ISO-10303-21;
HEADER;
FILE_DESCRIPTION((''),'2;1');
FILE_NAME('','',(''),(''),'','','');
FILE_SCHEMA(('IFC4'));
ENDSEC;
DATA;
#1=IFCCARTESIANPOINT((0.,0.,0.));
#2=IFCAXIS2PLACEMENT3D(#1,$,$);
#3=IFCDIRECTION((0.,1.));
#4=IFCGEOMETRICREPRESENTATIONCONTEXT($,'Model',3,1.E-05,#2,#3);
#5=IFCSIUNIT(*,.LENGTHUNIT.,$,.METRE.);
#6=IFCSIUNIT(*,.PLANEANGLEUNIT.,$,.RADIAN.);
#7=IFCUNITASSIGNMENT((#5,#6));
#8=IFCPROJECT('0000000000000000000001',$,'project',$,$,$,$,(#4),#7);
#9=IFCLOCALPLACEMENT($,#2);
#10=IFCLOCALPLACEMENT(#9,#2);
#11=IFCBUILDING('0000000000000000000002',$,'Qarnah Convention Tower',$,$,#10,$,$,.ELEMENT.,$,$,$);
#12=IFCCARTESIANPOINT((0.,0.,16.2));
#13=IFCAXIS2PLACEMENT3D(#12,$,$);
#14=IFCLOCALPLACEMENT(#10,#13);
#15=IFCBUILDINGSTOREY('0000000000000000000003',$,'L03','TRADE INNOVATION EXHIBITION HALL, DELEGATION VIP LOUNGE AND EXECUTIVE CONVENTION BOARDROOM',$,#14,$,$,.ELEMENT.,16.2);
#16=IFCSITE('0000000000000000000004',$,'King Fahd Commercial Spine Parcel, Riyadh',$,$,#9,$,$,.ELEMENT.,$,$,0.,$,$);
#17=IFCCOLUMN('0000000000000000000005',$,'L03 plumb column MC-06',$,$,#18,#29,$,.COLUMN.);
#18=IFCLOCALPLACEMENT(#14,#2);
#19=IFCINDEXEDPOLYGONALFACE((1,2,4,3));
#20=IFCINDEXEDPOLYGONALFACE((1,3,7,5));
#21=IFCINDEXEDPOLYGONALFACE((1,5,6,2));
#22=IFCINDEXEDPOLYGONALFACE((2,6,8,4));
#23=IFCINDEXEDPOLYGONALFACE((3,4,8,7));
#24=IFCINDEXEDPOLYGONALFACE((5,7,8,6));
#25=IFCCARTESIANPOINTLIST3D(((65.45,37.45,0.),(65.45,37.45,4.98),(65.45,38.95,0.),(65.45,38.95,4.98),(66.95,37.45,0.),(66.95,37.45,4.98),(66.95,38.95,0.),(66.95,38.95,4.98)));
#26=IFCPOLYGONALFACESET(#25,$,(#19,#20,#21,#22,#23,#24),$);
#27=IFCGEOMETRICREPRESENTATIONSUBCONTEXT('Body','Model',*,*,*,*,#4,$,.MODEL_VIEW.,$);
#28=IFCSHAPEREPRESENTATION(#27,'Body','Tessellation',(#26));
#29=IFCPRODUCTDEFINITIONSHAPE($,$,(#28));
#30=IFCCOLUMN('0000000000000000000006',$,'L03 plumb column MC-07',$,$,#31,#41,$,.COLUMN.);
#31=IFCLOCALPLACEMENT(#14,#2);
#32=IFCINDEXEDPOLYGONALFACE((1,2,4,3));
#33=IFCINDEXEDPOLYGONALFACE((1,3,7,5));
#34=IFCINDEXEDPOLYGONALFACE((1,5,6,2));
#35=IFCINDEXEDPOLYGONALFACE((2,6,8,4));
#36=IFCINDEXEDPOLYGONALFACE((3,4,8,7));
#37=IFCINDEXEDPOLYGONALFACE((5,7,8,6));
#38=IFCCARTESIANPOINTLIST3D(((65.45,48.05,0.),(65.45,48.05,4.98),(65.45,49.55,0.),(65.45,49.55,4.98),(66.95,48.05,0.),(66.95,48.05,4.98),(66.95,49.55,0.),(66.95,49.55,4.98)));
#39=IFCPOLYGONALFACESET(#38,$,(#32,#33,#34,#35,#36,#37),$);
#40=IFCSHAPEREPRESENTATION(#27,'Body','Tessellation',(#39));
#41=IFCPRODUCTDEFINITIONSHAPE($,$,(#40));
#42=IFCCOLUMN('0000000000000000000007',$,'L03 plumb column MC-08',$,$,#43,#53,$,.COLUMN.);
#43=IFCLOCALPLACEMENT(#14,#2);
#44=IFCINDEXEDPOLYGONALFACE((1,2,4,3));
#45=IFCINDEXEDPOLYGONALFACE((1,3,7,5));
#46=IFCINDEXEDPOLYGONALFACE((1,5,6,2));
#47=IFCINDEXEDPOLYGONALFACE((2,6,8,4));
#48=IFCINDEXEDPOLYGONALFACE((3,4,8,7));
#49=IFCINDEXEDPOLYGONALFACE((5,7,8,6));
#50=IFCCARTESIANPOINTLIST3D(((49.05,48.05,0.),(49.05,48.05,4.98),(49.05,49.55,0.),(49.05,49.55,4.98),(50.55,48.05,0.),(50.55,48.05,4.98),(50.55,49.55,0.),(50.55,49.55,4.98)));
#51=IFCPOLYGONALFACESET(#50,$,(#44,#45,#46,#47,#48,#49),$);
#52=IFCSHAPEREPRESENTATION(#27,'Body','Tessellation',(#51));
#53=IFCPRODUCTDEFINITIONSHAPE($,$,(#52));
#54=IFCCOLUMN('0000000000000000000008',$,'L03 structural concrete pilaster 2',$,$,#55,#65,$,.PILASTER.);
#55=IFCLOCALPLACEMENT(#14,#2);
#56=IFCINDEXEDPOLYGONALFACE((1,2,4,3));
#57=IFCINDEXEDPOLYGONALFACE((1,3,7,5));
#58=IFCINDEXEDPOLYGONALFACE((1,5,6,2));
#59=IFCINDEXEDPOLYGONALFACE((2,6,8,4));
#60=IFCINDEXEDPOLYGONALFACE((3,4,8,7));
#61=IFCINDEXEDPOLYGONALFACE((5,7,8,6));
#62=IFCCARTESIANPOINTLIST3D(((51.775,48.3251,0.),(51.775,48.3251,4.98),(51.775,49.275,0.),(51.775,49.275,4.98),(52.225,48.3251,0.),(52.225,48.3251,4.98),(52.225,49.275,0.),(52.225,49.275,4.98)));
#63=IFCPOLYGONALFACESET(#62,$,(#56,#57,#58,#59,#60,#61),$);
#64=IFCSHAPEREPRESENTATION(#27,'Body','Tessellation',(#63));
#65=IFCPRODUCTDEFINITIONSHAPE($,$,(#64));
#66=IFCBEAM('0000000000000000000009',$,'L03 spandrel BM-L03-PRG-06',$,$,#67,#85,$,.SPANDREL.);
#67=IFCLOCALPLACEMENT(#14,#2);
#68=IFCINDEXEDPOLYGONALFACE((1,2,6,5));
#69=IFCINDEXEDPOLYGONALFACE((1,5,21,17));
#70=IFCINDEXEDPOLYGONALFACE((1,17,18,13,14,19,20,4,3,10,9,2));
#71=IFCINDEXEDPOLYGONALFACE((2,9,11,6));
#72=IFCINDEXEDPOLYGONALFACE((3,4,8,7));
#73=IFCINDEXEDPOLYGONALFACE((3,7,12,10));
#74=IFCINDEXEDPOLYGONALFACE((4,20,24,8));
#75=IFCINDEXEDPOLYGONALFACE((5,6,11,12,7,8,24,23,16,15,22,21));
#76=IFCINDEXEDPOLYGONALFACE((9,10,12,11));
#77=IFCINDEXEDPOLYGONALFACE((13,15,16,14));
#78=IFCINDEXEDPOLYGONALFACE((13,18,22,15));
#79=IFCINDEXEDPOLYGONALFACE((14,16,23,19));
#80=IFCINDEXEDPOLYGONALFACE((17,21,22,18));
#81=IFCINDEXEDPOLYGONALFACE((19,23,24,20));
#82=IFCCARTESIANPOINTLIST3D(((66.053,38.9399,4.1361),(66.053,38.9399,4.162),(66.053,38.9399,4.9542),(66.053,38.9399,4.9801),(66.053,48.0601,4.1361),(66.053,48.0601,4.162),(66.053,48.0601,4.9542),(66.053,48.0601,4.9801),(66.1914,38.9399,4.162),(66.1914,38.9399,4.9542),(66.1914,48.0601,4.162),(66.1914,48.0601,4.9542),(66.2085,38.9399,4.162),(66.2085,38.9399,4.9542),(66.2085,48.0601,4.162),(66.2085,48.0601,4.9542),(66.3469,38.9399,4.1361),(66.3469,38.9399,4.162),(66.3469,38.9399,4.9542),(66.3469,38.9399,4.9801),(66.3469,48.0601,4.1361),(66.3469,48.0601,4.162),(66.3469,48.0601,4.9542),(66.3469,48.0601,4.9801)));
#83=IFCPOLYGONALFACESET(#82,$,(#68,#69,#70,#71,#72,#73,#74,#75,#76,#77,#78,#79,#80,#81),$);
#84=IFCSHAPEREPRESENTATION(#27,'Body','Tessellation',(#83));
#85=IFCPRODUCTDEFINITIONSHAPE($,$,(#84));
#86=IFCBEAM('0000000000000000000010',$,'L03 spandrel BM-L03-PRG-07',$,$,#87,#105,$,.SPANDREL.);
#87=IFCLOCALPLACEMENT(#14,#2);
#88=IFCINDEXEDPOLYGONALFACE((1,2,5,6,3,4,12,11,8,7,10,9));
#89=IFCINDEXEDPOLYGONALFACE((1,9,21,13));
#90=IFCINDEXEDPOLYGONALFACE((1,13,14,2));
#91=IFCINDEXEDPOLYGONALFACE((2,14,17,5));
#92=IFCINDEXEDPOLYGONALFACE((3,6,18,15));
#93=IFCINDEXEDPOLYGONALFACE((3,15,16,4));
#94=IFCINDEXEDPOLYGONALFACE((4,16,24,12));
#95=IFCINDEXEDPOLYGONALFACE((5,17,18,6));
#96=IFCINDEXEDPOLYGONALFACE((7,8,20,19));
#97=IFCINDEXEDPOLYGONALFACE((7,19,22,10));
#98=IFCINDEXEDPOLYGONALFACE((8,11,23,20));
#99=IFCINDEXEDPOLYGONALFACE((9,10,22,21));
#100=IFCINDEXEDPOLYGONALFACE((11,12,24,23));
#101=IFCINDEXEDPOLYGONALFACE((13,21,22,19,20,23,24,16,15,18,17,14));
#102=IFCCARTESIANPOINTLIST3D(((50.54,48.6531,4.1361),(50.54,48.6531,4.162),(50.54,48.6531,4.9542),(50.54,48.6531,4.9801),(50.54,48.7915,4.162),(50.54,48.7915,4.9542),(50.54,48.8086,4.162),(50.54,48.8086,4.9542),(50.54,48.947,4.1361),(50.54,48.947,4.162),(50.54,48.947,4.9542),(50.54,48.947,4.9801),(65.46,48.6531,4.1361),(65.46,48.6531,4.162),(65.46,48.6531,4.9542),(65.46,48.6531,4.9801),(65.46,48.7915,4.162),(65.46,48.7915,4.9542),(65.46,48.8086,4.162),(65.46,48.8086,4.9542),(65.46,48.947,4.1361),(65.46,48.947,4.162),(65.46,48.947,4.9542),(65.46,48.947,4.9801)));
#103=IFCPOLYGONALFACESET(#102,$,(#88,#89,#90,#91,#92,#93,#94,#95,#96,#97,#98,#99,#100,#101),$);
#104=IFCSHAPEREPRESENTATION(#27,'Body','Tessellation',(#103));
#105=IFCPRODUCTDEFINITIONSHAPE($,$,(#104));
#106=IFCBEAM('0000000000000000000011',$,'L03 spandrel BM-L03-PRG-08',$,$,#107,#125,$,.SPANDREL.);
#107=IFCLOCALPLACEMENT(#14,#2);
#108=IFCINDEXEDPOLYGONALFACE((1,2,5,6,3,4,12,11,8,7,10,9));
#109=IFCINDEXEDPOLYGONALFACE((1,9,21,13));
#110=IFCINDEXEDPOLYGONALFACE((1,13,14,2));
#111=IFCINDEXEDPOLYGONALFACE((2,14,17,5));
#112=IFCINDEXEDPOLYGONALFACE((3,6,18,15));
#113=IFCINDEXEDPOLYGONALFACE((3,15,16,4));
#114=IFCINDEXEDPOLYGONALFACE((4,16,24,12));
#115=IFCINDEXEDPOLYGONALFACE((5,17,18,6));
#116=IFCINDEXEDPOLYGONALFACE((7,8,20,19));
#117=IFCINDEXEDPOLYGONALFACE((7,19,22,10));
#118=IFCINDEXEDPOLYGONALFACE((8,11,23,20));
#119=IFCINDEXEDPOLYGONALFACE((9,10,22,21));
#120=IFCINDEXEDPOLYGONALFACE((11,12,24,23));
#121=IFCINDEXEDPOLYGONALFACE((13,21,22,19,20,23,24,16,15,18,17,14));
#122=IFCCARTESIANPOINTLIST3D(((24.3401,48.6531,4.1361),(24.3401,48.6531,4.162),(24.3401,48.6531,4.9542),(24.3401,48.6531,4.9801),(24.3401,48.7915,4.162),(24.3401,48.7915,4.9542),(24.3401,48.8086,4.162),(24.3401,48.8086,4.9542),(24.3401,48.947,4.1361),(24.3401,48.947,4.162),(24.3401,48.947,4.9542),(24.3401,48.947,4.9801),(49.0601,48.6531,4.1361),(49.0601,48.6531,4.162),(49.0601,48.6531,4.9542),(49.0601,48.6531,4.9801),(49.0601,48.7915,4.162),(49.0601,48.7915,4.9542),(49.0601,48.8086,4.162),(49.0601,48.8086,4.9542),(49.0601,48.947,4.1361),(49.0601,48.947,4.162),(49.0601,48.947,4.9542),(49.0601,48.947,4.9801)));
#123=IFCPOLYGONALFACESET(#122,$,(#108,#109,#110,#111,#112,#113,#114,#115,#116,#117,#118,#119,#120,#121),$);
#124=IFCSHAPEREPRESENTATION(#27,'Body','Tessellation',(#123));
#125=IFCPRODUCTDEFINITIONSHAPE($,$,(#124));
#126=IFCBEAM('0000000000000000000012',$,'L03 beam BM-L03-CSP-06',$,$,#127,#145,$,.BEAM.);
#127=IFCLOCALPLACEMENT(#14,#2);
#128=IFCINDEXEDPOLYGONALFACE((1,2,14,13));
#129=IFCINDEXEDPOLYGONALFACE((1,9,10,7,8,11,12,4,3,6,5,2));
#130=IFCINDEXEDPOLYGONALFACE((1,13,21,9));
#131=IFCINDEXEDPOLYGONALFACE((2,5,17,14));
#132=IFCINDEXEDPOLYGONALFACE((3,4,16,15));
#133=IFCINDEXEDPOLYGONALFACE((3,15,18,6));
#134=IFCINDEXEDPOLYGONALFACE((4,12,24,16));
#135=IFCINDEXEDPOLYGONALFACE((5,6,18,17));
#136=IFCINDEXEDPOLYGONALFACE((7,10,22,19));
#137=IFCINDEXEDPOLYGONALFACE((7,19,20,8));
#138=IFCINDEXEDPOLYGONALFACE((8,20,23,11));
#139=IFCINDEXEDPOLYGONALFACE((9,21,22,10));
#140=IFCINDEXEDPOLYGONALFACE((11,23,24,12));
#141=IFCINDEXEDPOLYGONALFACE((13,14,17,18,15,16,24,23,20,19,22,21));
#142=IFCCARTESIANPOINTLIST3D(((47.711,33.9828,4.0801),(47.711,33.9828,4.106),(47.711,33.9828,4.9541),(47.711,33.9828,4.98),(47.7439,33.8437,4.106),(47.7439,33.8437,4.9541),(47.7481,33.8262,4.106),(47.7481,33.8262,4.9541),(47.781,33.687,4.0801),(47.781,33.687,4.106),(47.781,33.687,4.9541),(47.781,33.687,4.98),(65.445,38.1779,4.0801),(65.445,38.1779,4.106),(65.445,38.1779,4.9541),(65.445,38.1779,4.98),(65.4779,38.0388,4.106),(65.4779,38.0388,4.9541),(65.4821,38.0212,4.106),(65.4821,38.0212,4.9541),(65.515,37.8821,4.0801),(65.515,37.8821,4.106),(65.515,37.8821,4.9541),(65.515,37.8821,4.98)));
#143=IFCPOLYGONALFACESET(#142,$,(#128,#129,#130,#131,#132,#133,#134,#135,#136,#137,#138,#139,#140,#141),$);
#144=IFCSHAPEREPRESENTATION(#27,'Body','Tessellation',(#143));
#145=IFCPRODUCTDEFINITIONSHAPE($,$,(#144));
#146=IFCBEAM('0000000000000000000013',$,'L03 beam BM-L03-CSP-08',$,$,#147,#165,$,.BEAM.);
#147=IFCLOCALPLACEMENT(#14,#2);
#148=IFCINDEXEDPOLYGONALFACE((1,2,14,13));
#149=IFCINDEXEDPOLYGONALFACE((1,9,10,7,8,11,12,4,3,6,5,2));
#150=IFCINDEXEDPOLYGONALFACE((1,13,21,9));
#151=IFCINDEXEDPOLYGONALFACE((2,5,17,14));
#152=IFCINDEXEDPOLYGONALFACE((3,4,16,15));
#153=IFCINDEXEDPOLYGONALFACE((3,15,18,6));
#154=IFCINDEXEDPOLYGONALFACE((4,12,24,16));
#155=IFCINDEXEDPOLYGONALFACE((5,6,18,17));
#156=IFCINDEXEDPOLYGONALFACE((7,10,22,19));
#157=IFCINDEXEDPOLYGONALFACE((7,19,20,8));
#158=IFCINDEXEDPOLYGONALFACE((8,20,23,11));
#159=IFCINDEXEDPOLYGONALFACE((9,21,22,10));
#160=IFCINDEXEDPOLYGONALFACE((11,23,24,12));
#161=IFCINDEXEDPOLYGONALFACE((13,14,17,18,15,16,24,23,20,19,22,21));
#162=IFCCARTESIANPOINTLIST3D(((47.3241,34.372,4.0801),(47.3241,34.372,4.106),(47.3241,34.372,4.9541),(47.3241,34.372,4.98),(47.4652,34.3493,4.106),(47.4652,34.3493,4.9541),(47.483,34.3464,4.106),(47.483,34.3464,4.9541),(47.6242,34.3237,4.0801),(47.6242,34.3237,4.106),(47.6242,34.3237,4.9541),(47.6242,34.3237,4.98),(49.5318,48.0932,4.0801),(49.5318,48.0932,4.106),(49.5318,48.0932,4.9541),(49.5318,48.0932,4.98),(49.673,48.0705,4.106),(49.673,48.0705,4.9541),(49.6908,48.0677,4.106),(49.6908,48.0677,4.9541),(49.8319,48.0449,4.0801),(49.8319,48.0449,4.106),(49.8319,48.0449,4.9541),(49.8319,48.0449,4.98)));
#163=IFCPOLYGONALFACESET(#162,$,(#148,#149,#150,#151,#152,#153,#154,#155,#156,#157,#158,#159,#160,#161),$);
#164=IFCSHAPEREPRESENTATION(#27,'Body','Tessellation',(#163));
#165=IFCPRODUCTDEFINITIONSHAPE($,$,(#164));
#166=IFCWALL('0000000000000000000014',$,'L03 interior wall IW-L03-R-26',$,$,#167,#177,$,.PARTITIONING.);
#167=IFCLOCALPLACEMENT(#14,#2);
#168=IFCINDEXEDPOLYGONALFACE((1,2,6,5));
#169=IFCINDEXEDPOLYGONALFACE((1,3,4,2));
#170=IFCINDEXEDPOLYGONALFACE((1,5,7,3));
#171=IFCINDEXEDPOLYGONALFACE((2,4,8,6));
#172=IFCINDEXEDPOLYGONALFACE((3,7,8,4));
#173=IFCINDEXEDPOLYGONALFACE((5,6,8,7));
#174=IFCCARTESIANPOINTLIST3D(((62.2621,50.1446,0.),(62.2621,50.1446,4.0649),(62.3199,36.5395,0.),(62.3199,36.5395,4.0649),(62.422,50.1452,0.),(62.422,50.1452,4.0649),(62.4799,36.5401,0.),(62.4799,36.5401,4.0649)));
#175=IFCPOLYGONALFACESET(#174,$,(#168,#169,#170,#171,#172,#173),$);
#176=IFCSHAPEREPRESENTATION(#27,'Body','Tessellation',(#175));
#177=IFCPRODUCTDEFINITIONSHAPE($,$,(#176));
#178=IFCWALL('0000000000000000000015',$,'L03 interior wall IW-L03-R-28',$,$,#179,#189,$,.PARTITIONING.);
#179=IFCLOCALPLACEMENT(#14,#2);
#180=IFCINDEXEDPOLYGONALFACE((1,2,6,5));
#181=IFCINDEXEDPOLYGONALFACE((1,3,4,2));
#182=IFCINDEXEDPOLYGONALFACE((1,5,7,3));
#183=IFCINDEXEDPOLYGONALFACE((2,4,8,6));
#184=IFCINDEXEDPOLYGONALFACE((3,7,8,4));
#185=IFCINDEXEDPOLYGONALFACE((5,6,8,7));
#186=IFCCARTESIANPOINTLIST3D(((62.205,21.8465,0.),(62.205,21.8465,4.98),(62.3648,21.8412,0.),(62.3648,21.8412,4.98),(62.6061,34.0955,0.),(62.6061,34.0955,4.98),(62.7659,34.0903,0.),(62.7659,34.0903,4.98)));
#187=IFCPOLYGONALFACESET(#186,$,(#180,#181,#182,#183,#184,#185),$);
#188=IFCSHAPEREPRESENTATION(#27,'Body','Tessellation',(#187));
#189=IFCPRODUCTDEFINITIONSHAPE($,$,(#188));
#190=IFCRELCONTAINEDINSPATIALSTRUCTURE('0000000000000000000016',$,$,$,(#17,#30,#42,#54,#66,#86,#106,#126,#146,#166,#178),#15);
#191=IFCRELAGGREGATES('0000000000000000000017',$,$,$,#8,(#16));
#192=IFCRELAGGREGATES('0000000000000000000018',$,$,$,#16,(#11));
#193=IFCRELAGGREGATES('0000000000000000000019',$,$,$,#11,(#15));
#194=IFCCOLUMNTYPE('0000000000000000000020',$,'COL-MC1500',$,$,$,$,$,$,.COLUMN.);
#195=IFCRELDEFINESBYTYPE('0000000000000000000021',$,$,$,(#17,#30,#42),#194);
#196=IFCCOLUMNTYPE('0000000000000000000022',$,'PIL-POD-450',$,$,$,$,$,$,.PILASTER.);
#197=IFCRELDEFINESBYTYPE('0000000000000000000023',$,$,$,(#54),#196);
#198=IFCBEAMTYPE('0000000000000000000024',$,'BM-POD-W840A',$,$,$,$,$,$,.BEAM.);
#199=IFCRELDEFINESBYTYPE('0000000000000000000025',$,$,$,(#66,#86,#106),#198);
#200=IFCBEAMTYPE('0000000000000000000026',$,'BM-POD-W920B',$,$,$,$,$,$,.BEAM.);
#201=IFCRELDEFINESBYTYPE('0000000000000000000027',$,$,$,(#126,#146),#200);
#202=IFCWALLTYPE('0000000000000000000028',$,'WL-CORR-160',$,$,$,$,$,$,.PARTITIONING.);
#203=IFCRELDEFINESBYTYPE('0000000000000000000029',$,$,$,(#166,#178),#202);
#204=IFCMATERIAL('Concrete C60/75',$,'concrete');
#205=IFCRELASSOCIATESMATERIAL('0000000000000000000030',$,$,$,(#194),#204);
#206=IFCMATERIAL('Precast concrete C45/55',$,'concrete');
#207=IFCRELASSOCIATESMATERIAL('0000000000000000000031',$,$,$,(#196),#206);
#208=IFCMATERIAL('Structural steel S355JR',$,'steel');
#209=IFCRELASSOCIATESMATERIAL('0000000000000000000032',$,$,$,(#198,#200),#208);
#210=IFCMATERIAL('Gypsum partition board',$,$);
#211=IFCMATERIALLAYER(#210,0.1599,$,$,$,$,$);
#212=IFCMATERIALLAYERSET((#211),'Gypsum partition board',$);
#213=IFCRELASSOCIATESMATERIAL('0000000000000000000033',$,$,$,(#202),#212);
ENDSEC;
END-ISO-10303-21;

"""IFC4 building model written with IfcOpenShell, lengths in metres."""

from ifc_helpers import new_model, si_unit, direction, frame, frame_2d, origin, origin_2d, place, context, subcontext, project, spatial, rectangle, i_section, extrude, material, layer, layer_set, material_profile, profile_set, type_object, element, save


model = new_model("IFC4")

# Units and contexts
model_context = context("Model", 3, precision=1e-05, world=origin(), true_north=direction((0.0, 1.0)))
body_context = subcontext(model_context, "Body", "Model", "MODEL_VIEW")
ifc_project = project(units=[si_unit("LENGTHUNIT", "METRE"), si_unit("PLANEANGLEUNIT", "RADIAN")], contexts=[model_context])

# Site, building, storey
site_placement = place(None, origin())
site = spatial("IfcSite", under=ifc_project, at=site_placement, Name="King Fahd Commercial Spine Parcel, Riyadh", CompositionType="ELEMENT", RefElevation=0.0)
building_placement = place(site_placement, origin())
building = spatial("IfcBuilding", under=site, at=building_placement, Name="Qarnah Convention Tower", CompositionType="ELEMENT")
storey_placement = place(building_placement, frame((0.0, 0.0, 16.2)))
storey = spatial("IfcBuildingStorey", under=building, at=storey_placement, Name="L03", Description="TRADE INNOVATION EXHIBITION HALL, DELEGATION VIP LOUNGE AND EXECUTIVE CONVENTION BOARDROOM", CompositionType="ELEMENT", Elevation=16.2)

# Columns
ifc_material_1 = material(Name="Concrete C60/75", Category="concrete")
ifc_material_profile_1 = material_profile(ifc_material_1, rectangle(XDim=1.5, YDim=1.5, at=origin_2d()), Name="RC-COL-1500X1500")
ifc_profile_set_1 = profile_set([ifc_material_profile_1], Name="Concrete C60/75")
column_type_1 = type_object("IfcColumnType", Name="COL-MC1500", PredefinedType="COLUMN", material=ifc_profile_set_1)
for number, where, z_axis, x_axis, name in (
    (1, (66.2, 38.2, 0.0), (0.0, 0.0, 1.0), (1.0, 0.0, 0.0), "L03 plumb column MC-06"),
    (2, (66.2, 48.8, 0.0), (0.0, 0.0, 1.0), (1.0, 0.0, 0.0), "L03 plumb column MC-07"),
    (3, (49.8, 48.8, 0.0), (0.0, 0.0, 1.0), (1.0, 0.0, 0.0), "L03 plumb column MC-08"),
):
    element("IfcColumn", number, at=place(storey_placement, frame(where, z_axis=z_axis, x_axis=x_axis)), inside=storey, type_object=column_type_1, Name=name, PredefinedType="COLUMN", context=body_context, shape_type="SweptSolid", body=[
        extrude(rectangle(XDim=1.5, YDim=1.5, at=origin_2d()), origin(), (0.0, 0.0, 1.0), 4.98),
    ])
ifc_material_2 = material(Name="Precast concrete C45/55", Category="concrete")
ifc_material_profile_2 = material_profile(ifc_material_2, rectangle(XDim=0.45, YDim=0.95, at=origin_2d()), Name="PC-RIB-450X950")
ifc_profile_set_2 = profile_set([ifc_material_profile_2], Name="Precast concrete C45/55")
column_type_2 = type_object("IfcColumnType", Name="PIL-POD-450", PredefinedType="PILASTER", material=ifc_profile_set_2)
column_placement = place(storey_placement, frame((52.0, 48.8, 0.0), z_axis=(0.0, 0.0, 1.0), x_axis=(1.0, 0.0, 0.0)))
element("IfcColumn", 4, at=column_placement, inside=storey, type_object=column_type_2, Name="L03 structural concrete pilaster 2", PredefinedType="PILASTER", context=body_context, shape_type="SweptSolid", body=[
    extrude(rectangle(XDim=0.45, YDim=0.95, at=origin_2d()), origin(), (0.0, 0.0, 1.0), 4.98),
])

# Beams
ifc_material_3 = material(Name="Structural steel S355JR", Category="steel")
ifc_material_profile_3 = material_profile(ifc_material_3, i_section(OverallWidth=0.2939, OverallDepth=0.844, WebThickness=0.0171, FlangeThickness=0.0259, at=origin_2d()), Name="W840X251")
ifc_profile_set_3 = profile_set([ifc_material_profile_3], Name="Structural steel S355JR")
beam_type_1 = type_object("IfcBeamType", Name="BM-POD-W840A", PredefinedType="BEAM", material=ifc_profile_set_3)
beam_1_placement = place(storey_placement, frame((66.2, 38.9399, 4.5581), z_axis=(0.0, 1.0, 0.0), x_axis=(-1.0, 0.0, 0.0)))
element("IfcBeam", 5, at=beam_1_placement, inside=storey, type_object=beam_type_1, Name="L03 spandrel BM-L03-PRG-06", PredefinedType="SPANDREL", context=body_context, shape_type="SweptSolid", body=[
    extrude(i_section(OverallWidth=0.2939, OverallDepth=0.844, WebThickness=0.0171, FlangeThickness=0.0259, at=origin_2d()), origin(), (0.0, 0.0, 1.0), 9.1201),
])
beam_2_placement = place(storey_placement, frame((65.46, 48.8, 4.5581), z_axis=(-1.0, 0.0, 0.0), x_axis=(0.0, -1.0, 0.0)))
element("IfcBeam", 6, at=beam_2_placement, inside=storey, type_object=beam_type_1, Name="L03 spandrel BM-L03-PRG-07", PredefinedType="SPANDREL", context=body_context, shape_type="SweptSolid", body=[
    extrude(i_section(OverallWidth=0.2939, OverallDepth=0.844, WebThickness=0.0171, FlangeThickness=0.0259, at=origin_2d()), origin(), (0.0, 0.0, 1.0), 14.9199),
])
beam_3_placement = place(storey_placement, frame((49.0601, 48.8, 4.5581), z_axis=(-1.0, 0.0, 0.0), x_axis=(0.0, -1.0, 0.0)))
element("IfcBeam", 7, at=beam_3_placement, inside=storey, type_object=beam_type_1, Name="L03 spandrel BM-L03-PRG-08", PredefinedType="SPANDREL", context=body_context, shape_type="SweptSolid", body=[
    extrude(i_section(OverallWidth=0.2939, OverallDepth=0.844, WebThickness=0.0171, FlangeThickness=0.0259, at=origin_2d()), origin(), (0.0, 0.0, 1.0), 24.72),
])
ifc_material_profile_4 = material_profile(ifc_material_3, i_section(OverallWidth=0.304, OverallDepth=0.8999, WebThickness=0.0181, FlangeThickness=0.0259, at=origin_2d()), Name="W920X271")
ifc_profile_set_4 = profile_set([ifc_material_profile_4], Name="Structural steel S355JR")
beam_type_2 = type_object("IfcBeamType", Name="BM-POD-W920B", PredefinedType="BEAM", material=ifc_profile_set_4)
beam_4_placement = place(storey_placement, frame((65.48, 38.03, 4.53), z_axis=(-0.973143, -0.230203, 0.0), x_axis=(0.230203, -0.973143, 0.0)))
element("IfcBeam", 8, at=beam_4_placement, inside=storey, type_object=beam_type_2, Name="L03 beam BM-L03-CSP-06", PredefinedType="BEAM", context=body_context, shape_type="SweptSolid", body=[
    extrude(i_section(OverallWidth=0.304, OverallDepth=0.8999, WebThickness=0.0181, FlangeThickness=0.0259, at=origin_2d()), origin(), (0.0, 0.0, 1.0), 18.2234),
])
beam_5_placement = place(storey_placement, frame((49.6819, 48.0691, 4.53), z_axis=(-0.158859, -0.987301, 0.0), x_axis=(0.987301, -0.158859, 0.0)))
element("IfcBeam", 9, at=beam_5_placement, inside=storey, type_object=beam_type_2, Name="L03 beam BM-L03-CSP-08", PredefinedType="BEAM", context=body_context, shape_type="SweptSolid", body=[
    extrude(i_section(OverallWidth=0.304, OverallDepth=0.8999, WebThickness=0.0181, FlangeThickness=0.0259, at=origin_2d()), origin(), (0.0, 0.0, 1.0), 13.8977),
])

# Wall
ifc_material_4 = material(Name="Gypsum partition board")
ifc_layer_1 = layer(ifc_material_4, 0.1599)
ifc_layer_set_1 = layer_set([ifc_layer_1], Name="Gypsum partition board")
wall_type_1 = type_object("IfcWallType", Name="WL-CORR-160", PredefinedType="PARTITIONING", material=ifc_layer_set_1)
wall_1_placement = place(storey_placement, frame((62.342, 50.145, 0.0), z_axis=(0.0, 0.0, 1.0), x_axis=(0.004253, -0.999991, 0.0)))
element("IfcWall", 10, at=wall_1_placement, inside=storey, type_object=wall_type_1, Name="L03 interior wall IW-L03-R-26", PredefinedType="PARTITIONING", context=body_context, shape_type="SweptSolid", body=[
    extrude(rectangle(XDim=13.6052, YDim=0.1599, at=frame_2d((6.8027, 0.0))), origin(), (0.0, 0.0, 1.0), 4.0649),
])

# Wall
wall_2_placement = place(storey_placement, frame((62.686, 34.093, 0.0), z_axis=(0.0, 0.0, 1.0), x_axis=(-0.03273, -0.999464, 0.0)))
element("IfcWall", 11, at=wall_2_placement, inside=storey, type_object=wall_type_1, Name="L03 interior wall IW-L03-R-28", PredefinedType="PARTITIONING", context=body_context, shape_type="SweptSolid", body=[
    extrude(rectangle(XDim=12.2556, YDim=0.1599, at=frame_2d((6.1279, 0.0))), origin(), (0.0, 0.0, 1.0), 4.98),
])

save(model, "model.ifc")
